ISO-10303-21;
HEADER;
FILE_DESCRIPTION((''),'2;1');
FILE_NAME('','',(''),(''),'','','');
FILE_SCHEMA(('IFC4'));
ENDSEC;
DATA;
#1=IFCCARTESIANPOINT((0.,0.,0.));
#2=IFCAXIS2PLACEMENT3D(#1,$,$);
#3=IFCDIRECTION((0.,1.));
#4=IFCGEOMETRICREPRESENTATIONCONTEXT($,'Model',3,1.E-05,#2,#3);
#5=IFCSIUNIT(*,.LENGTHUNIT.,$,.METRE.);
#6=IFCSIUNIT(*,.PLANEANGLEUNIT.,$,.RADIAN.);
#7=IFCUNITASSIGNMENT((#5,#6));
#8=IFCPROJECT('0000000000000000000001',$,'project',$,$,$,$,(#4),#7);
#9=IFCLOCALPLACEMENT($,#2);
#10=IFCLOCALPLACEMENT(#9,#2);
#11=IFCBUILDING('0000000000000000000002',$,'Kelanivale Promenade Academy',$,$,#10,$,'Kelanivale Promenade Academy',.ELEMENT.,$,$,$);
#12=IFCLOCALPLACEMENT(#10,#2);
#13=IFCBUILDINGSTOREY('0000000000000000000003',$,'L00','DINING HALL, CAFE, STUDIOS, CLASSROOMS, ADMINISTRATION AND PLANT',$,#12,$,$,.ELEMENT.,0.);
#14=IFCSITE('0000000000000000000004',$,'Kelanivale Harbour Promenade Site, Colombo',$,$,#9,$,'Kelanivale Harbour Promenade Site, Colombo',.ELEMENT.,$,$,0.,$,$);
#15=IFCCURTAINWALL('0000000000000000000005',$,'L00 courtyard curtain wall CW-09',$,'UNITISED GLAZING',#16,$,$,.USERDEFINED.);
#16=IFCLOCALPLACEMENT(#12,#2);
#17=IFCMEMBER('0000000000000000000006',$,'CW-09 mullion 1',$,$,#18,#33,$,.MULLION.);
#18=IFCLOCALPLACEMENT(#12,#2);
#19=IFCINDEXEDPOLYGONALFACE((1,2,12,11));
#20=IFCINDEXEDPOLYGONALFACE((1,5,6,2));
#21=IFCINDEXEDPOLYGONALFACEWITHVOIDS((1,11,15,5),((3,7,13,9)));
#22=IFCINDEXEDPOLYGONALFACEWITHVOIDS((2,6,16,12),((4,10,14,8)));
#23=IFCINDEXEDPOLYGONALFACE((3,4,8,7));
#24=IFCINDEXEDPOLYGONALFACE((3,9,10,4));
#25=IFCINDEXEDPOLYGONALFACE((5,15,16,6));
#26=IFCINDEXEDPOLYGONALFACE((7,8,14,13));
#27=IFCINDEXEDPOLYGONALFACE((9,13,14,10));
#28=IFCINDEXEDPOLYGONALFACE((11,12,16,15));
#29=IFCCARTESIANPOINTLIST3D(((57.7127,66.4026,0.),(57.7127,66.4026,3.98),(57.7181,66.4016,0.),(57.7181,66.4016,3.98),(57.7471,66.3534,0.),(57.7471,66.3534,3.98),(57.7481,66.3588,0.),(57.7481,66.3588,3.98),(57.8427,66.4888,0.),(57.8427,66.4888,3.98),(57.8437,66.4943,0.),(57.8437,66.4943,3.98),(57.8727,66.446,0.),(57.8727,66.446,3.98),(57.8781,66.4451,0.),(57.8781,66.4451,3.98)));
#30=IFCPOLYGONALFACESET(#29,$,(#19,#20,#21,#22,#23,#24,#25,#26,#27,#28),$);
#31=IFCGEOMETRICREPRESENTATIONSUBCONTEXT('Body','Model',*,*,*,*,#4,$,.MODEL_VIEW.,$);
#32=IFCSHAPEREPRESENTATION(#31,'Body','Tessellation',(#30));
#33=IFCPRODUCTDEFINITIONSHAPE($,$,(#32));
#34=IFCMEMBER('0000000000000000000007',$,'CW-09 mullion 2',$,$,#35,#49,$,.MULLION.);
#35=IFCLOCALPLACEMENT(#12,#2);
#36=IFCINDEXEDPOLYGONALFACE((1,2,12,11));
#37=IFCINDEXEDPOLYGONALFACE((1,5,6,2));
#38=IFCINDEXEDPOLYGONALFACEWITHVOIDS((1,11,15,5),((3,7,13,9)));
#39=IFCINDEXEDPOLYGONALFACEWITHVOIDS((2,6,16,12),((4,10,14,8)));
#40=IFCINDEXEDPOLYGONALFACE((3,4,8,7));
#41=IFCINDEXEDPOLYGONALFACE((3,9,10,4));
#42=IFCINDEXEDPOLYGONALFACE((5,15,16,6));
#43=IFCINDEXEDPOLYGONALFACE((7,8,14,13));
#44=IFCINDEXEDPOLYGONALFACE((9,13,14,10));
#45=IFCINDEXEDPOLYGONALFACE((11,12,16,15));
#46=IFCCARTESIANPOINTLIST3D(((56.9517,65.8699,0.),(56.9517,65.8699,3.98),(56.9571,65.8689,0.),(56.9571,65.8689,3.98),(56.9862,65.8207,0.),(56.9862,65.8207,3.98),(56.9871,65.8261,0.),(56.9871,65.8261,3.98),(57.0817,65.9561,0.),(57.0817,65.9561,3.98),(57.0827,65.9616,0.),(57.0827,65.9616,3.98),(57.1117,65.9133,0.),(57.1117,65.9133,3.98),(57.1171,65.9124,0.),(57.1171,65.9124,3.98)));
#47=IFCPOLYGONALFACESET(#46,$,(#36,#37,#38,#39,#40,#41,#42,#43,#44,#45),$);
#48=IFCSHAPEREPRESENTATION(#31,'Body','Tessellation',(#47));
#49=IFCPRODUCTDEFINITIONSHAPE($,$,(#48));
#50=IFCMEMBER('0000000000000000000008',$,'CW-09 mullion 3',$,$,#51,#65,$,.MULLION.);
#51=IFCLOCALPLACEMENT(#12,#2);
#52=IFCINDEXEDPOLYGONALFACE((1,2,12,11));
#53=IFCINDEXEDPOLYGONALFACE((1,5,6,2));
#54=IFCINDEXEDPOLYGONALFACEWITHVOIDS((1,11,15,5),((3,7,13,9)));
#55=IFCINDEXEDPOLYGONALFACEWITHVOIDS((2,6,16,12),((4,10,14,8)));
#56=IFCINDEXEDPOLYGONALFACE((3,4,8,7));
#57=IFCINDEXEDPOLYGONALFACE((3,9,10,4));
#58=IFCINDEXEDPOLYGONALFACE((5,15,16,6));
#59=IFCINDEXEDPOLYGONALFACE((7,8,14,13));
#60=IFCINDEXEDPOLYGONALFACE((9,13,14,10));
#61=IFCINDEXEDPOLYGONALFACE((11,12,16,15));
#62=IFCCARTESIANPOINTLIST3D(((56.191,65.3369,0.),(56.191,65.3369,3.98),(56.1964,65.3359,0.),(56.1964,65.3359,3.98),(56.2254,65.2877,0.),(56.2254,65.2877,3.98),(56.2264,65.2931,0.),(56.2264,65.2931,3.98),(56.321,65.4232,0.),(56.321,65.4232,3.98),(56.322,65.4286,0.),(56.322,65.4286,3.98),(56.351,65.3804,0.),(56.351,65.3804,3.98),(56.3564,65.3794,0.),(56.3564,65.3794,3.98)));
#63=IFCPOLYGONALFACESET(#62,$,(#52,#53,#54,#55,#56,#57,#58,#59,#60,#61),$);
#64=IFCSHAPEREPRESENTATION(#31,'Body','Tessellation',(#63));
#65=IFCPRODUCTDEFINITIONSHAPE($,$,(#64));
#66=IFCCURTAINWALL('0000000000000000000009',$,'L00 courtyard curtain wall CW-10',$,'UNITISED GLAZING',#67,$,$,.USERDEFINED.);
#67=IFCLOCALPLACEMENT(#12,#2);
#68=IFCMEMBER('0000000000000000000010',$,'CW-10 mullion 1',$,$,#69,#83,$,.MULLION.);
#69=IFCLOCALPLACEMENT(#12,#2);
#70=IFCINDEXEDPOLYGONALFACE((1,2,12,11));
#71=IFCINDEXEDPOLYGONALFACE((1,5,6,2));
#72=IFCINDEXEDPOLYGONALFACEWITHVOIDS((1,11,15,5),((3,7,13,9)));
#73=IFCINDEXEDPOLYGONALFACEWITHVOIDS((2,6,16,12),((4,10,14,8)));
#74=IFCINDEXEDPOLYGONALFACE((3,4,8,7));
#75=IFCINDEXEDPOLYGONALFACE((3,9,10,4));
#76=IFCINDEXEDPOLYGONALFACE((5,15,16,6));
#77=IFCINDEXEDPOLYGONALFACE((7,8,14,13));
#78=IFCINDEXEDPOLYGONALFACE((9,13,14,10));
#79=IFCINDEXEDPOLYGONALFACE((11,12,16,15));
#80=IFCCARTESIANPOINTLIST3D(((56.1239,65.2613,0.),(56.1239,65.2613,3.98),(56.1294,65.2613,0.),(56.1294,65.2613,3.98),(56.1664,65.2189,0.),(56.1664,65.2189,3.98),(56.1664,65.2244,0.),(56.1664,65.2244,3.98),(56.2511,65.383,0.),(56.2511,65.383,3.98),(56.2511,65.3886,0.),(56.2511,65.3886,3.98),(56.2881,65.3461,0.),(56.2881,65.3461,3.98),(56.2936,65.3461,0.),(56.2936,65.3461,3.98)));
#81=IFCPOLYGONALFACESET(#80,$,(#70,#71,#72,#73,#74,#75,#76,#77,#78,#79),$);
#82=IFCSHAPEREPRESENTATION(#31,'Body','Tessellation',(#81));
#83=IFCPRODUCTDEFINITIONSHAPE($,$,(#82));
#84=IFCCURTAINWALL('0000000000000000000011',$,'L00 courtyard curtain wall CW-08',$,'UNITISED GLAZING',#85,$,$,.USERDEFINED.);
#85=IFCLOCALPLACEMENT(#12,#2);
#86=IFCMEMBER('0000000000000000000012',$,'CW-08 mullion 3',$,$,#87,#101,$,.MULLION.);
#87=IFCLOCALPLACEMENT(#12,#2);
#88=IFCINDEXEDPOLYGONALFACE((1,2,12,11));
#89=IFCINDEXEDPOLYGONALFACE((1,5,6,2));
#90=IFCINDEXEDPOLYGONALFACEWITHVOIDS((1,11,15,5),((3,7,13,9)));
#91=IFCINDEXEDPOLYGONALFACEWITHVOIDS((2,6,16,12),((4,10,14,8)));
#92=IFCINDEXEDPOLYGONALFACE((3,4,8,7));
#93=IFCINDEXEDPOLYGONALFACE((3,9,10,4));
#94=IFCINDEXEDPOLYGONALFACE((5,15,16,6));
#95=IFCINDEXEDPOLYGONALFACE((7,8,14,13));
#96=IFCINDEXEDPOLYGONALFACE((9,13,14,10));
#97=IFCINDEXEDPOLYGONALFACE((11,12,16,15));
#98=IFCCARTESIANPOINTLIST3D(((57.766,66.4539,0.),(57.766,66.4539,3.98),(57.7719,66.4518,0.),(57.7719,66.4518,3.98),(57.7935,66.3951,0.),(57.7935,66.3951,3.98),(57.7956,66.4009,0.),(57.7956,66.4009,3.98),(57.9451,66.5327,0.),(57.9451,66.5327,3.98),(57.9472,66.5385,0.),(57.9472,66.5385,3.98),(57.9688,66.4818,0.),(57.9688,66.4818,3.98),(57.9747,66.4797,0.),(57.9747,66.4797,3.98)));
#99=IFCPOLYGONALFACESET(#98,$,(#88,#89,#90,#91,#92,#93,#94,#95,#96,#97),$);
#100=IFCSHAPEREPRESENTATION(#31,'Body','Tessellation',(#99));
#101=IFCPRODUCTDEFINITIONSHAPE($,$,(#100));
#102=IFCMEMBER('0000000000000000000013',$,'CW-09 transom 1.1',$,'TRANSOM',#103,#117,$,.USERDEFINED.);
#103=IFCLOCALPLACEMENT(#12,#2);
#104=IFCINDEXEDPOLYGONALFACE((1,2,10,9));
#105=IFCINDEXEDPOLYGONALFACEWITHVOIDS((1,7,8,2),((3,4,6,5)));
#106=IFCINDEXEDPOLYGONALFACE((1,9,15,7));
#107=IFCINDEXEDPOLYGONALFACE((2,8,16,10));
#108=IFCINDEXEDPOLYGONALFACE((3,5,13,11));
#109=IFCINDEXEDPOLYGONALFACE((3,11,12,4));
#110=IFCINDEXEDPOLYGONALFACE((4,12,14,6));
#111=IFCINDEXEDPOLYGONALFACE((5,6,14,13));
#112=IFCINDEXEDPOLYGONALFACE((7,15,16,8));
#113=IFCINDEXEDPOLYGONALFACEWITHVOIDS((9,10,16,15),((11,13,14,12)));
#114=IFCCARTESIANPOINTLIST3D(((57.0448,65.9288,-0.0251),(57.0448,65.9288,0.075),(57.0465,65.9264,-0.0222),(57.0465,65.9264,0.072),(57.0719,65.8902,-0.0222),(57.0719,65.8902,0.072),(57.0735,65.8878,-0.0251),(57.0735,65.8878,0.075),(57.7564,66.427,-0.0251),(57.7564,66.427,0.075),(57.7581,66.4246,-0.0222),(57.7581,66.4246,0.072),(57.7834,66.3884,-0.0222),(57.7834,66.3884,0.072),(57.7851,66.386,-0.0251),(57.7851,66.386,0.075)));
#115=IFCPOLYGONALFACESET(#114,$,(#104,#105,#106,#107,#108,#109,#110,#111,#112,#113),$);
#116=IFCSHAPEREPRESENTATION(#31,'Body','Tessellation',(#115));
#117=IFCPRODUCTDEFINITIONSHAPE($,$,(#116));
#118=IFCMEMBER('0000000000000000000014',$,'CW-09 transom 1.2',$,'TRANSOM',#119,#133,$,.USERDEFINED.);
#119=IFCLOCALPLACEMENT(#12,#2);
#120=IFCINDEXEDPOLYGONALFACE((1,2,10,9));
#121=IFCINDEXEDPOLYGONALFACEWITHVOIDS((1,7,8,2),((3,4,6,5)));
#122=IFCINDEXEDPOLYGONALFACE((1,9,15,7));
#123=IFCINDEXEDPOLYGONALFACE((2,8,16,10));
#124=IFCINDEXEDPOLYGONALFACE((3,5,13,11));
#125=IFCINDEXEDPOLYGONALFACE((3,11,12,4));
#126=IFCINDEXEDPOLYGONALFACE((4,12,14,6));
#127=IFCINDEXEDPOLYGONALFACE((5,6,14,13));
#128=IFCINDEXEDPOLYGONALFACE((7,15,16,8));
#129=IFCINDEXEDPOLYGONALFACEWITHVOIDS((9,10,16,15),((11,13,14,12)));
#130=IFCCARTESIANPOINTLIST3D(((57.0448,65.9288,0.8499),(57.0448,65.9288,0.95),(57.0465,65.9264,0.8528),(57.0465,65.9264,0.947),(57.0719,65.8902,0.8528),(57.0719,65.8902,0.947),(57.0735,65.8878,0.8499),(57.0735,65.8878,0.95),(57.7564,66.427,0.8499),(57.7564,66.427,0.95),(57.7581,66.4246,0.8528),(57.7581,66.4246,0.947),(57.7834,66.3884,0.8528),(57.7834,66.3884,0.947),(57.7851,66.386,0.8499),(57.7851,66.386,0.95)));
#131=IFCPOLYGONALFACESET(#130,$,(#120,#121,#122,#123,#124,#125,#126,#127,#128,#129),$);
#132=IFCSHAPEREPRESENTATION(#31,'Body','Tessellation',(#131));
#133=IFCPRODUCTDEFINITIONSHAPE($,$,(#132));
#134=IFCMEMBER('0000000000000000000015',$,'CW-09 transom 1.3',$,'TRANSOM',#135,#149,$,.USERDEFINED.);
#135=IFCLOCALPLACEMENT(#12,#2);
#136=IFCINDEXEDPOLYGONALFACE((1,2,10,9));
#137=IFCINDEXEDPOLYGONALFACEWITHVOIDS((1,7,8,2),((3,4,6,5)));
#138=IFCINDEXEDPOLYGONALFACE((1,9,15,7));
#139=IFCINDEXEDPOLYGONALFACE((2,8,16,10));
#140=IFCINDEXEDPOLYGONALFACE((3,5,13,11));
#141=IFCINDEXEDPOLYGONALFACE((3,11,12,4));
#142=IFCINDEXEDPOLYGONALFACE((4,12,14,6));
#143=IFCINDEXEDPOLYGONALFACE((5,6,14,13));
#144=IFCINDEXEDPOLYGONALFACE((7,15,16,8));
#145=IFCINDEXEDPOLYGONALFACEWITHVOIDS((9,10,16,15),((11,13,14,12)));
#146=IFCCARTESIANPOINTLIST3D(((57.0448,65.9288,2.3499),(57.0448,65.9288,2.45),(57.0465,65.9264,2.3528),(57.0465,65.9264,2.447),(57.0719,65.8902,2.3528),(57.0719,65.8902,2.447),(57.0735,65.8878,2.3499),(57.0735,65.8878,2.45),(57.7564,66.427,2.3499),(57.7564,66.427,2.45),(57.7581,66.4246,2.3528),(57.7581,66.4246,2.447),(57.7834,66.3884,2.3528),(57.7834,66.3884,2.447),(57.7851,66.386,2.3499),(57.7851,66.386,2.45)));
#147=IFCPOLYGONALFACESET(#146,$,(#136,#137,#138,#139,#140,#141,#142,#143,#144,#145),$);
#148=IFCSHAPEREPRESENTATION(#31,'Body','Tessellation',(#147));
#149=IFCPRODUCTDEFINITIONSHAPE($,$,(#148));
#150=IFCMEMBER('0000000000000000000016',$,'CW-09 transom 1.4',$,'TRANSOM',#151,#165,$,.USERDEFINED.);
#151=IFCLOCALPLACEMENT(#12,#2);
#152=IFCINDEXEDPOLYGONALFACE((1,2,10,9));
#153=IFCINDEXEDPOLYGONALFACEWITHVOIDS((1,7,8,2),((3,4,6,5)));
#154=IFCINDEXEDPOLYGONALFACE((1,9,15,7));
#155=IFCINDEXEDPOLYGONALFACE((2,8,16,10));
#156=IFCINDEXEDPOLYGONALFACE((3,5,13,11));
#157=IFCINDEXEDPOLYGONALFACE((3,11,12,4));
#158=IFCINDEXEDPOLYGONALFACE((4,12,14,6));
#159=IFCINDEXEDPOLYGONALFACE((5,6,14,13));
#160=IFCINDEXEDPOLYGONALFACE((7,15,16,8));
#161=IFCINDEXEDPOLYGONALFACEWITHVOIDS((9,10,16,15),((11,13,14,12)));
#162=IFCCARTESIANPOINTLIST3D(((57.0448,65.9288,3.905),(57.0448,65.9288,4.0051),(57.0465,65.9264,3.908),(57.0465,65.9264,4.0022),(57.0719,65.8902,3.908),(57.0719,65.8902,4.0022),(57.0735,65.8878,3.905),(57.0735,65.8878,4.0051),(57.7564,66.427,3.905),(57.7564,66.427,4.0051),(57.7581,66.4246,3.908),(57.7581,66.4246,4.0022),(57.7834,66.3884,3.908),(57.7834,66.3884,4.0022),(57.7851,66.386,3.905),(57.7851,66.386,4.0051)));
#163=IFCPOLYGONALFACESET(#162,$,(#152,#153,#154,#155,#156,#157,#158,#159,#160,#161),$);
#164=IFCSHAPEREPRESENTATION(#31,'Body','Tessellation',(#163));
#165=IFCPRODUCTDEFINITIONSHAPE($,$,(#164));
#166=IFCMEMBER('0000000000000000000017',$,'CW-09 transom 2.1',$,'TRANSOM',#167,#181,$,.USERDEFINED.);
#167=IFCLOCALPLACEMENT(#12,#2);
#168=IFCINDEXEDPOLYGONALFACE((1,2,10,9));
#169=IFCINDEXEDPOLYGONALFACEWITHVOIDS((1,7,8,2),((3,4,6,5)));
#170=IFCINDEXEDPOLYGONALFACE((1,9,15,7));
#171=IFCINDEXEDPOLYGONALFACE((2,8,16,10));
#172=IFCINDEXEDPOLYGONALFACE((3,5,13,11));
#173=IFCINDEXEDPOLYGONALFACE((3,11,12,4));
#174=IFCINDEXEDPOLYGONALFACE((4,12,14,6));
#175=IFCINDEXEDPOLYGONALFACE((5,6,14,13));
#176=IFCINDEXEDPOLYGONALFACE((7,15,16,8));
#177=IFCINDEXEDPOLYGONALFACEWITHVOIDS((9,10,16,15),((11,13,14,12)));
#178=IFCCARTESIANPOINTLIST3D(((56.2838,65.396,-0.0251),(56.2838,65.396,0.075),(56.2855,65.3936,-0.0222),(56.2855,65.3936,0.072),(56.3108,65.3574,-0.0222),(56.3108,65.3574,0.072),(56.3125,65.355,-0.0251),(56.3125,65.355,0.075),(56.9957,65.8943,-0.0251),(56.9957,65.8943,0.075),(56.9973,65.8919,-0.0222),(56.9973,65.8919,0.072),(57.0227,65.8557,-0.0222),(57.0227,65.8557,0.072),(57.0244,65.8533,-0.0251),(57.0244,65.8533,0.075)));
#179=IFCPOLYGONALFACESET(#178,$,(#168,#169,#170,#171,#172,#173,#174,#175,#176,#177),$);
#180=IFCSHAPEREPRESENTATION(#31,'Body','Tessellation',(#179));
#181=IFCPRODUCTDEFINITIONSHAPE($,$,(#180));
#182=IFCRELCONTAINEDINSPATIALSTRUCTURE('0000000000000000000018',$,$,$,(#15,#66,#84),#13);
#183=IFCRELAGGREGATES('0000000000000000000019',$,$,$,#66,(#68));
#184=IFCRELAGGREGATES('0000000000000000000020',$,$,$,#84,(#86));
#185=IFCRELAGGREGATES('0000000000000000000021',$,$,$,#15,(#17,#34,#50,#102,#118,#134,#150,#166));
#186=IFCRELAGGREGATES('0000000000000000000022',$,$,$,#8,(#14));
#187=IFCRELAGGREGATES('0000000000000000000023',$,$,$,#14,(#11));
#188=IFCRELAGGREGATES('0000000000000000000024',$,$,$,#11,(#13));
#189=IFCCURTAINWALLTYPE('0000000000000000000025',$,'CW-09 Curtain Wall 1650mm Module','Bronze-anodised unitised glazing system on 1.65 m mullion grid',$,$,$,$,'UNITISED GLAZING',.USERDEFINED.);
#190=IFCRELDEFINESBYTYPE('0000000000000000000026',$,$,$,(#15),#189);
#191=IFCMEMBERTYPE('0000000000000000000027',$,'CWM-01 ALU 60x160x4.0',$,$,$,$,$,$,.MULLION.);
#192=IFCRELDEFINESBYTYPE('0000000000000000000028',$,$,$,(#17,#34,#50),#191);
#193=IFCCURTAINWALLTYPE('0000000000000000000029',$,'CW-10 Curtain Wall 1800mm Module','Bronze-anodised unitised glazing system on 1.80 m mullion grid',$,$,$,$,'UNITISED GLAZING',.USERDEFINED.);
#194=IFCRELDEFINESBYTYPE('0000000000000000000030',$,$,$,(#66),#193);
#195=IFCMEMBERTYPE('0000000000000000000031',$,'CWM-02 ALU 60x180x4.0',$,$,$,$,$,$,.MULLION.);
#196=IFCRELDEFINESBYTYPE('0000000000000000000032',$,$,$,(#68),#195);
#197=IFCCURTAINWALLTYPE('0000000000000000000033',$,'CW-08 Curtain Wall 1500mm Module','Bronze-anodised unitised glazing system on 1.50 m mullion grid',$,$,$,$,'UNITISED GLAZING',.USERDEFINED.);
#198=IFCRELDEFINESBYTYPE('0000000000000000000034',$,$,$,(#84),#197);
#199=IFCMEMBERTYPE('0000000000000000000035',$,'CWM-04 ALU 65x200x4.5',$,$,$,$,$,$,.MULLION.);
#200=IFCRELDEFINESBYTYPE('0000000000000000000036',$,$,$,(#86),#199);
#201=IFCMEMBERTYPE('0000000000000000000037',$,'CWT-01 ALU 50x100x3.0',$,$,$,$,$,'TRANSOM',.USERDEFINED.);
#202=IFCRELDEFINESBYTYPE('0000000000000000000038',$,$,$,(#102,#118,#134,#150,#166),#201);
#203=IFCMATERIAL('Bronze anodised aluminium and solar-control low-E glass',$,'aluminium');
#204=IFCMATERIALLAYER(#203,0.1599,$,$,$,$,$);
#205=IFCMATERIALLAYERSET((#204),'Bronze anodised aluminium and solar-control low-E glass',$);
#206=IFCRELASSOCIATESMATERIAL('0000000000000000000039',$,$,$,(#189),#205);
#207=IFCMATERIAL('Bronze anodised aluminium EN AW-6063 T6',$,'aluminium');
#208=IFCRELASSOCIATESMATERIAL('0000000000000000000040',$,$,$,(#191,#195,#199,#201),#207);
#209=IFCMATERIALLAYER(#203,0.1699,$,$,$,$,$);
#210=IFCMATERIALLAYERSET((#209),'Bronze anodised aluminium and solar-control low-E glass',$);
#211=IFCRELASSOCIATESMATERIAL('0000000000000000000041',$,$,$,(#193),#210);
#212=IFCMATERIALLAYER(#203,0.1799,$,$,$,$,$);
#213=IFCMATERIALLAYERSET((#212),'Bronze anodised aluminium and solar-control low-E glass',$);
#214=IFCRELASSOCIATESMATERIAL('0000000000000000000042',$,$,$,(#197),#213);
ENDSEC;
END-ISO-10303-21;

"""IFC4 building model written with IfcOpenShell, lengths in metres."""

from ifc_helpers import new_model, si_unit, direction, frame, origin, origin_2d, place, context, subcontext, project, spatial, hollow_rectangle, extrude, material, layer, layer_set, material_profile, profile_set, type_object, element, aggregate, save


model = new_model("IFC4")

# Units and contexts
model_context = context("Model", 3, precision=1e-05, world=origin(), true_north=direction((0.0, 1.0)))
body_context = subcontext(model_context, "Body", "Model", "MODEL_VIEW")
ifc_project = project(units=[si_unit("LENGTHUNIT", "METRE"), si_unit("PLANEANGLEUNIT", "RADIAN")], contexts=[model_context])

# Site, building, storey
site_placement = place(None, origin())
site = spatial("IfcSite", under=ifc_project, at=site_placement, Name="Kelanivale Harbour Promenade Site, Colombo", LongName="Kelanivale Harbour Promenade Site, Colombo", CompositionType="ELEMENT", RefElevation=0.0)
building_placement = place(site_placement, origin())
building = spatial("IfcBuilding", under=site, at=building_placement, Name="Kelanivale Promenade Academy", LongName="Kelanivale Promenade Academy", CompositionType="ELEMENT")
storey_placement = place(building_placement, origin())
storey = spatial("IfcBuildingStorey", under=building, at=storey_placement, Name="L00", Description="DINING HALL, CAFE, STUDIOS, CLASSROOMS, ADMINISTRATION AND PLANT", CompositionType="ELEMENT", Elevation=0.0)

# Curtain wall, members
ifc_material_1 = material(Name="Bronze anodised aluminium and solar-control low-E glass", Category="aluminium")
ifc_layer_1 = layer(ifc_material_1, 0.1599)
ifc_layer_set_1 = layer_set([ifc_layer_1], Name="Bronze anodised aluminium and solar-control low-E glass")
curtain_wall_type_1 = type_object("IfcCurtainWallType", Name="CW-09 Curtain Wall 1650mm Module", Description="Bronze-anodised unitised glazing system on 1.65 m mullion grid", ElementType="UNITISED GLAZING", PredefinedType="USERDEFINED", material=ifc_layer_set_1)
curtain_wall_1_placement = place(storey_placement, origin())
curtain_wall_1 = element("IfcCurtainWall", 1, at=curtain_wall_1_placement, inside=storey, type_object=curtain_wall_type_1, Name="L00 courtyard curtain wall CW-09", ObjectType="UNITISED GLAZING", PredefinedType="USERDEFINED")
ifc_material_2 = material(Name="Bronze anodised aluminium EN AW-6063 T6", Category="aluminium")
ifc_material_profile_1 = material_profile(ifc_material_2, hollow_rectangle(XDim=0.0601, YDim=0.1599, WallThickness=0.0039, at=origin_2d()), Name="ALU 60x160x4.0")
ifc_profile_set_1 = profile_set([ifc_material_profile_1], Name="Bronze anodised aluminium EN AW-6063 T6")
member_type_1 = type_object("IfcMemberType", Name="CWM-01 ALU 60x160x4.0", PredefinedType="MULLION", material=ifc_profile_set_1)
member_1_placement = place(storey_placement, frame((57.7954, 66.4238, 0.0), z_axis=(0.0, 0.0, 1.0), x_axis=(0.573567, -0.819158, 0.0)))
member_1 = element("IfcMember", 2, at=member_1_placement, type_object=member_type_1, Name="CW-09 mullion 1", PredefinedType="MULLION", context=body_context, shape_type="SweptSolid", body=[
    extrude(hollow_rectangle(XDim=0.0601, YDim=0.1599, WallThickness=0.0039, at=origin_2d()), origin(), (0.0, 0.0, 1.0), 3.98),
])
member_2_placement = place(storey_placement, frame((57.0344, 65.8911, 0.0), z_axis=(0.0, 0.0, 1.0), x_axis=(0.573567, -0.819158, 0.0)))
member_2 = element("IfcMember", 3, at=member_2_placement, type_object=member_type_1, Name="CW-09 mullion 2", PredefinedType="MULLION", context=body_context, shape_type="SweptSolid", body=[
    extrude(hollow_rectangle(XDim=0.0601, YDim=0.1599, WallThickness=0.0039, at=origin_2d()), origin(), (0.0, 0.0, 1.0), 3.98),
])
member_3_placement = place(storey_placement, frame((56.2737, 65.3582, 0.0), z_axis=(0.0, 0.0, 1.0), x_axis=(0.573567, -0.819158, 0.0)))
member_3 = element("IfcMember", 4, at=member_3_placement, type_object=member_type_1, Name="CW-09 mullion 3", PredefinedType="MULLION", context=body_context, shape_type="SweptSolid", body=[
    extrude(hollow_rectangle(XDim=0.0601, YDim=0.1599, WallThickness=0.0039, at=origin_2d()), origin(), (0.0, 0.0, 1.0), 3.98),
])

# Curtain walls, members
ifc_layer_2 = layer(ifc_material_1, 0.1699)
ifc_layer_set_2 = layer_set([ifc_layer_2], Name="Bronze anodised aluminium and solar-control low-E glass")
curtain_wall_type_2 = type_object("IfcCurtainWallType", Name="CW-10 Curtain Wall 1800mm Module", Description="Bronze-anodised unitised glazing system on 1.80 m mullion grid", ElementType="UNITISED GLAZING", PredefinedType="USERDEFINED", material=ifc_layer_set_2)
curtain_wall_2_placement = place(storey_placement, origin())
curtain_wall_2 = element("IfcCurtainWall", 5, at=curtain_wall_2_placement, inside=storey, type_object=curtain_wall_type_2, Name="L00 courtyard curtain wall CW-10", ObjectType="UNITISED GLAZING", PredefinedType="USERDEFINED")
ifc_material_profile_2 = material_profile(ifc_material_2, hollow_rectangle(XDim=0.0601, YDim=0.1799, WallThickness=0.0039, at=origin_2d()), Name="ALU 60x180x4.0")
ifc_profile_set_2 = profile_set([ifc_material_profile_2], Name="Bronze anodised aluminium EN AW-6063 T6")
member_type_2 = type_object("IfcMemberType", Name="CWM-02 ALU 60x180x4.0", PredefinedType="MULLION", material=ifc_profile_set_2)
member_4_placement = place(storey_placement, frame((56.2087, 65.3037, 0.0), z_axis=(0.0, 0.0, 1.0), x_axis=(0.707107, -0.707107, 0.0)))
member_4 = element("IfcMember", 6, at=member_4_placement, type_object=member_type_2, Name="CW-10 mullion 1", PredefinedType="MULLION", context=body_context, shape_type="SweptSolid", body=[
    extrude(hollow_rectangle(XDim=0.0601, YDim=0.1799, WallThickness=0.0039, at=origin_2d()), origin(), (0.0, 0.0, 1.0), 3.98),
])
aggregate(curtain_wall_2, [member_4])
ifc_layer_3 = layer(ifc_material_1, 0.1799)
ifc_layer_set_3 = layer_set([ifc_layer_3], Name="Bronze anodised aluminium and solar-control low-E glass")
curtain_wall_type_3 = type_object("IfcCurtainWallType", Name="CW-08 Curtain Wall 1500mm Module", Description="Bronze-anodised unitised glazing system on 1.50 m mullion grid", ElementType="UNITISED GLAZING", PredefinedType="USERDEFINED", material=ifc_layer_set_3)
curtain_wall_3_placement = place(storey_placement, origin())
curtain_wall_3 = element("IfcCurtainWall", 7, at=curtain_wall_3_placement, inside=storey, type_object=curtain_wall_type_3, Name="L00 courtyard curtain wall CW-08", ObjectType="UNITISED GLAZING", PredefinedType="USERDEFINED")
ifc_material_profile_3 = material_profile(ifc_material_2, hollow_rectangle(XDim=0.0649, YDim=0.2, WallThickness=0.0044, at=origin_2d()), Name="ALU 65x200x4.5")
ifc_profile_set_3 = profile_set([ifc_material_profile_3], Name="Bronze anodised aluminium EN AW-6063 T6")
member_type_3 = type_object("IfcMemberType", Name="CWM-04 ALU 65x200x4.5", PredefinedType="MULLION", material=ifc_profile_set_3)
member_5_placement = place(storey_placement, frame((57.8704, 66.4668, 0.0), z_axis=(0.0, 0.0, 1.0), x_axis=(0.423087, -0.906089, 0.0)))
member_5 = element("IfcMember", 8, at=member_5_placement, type_object=member_type_3, Name="CW-08 mullion 3", PredefinedType="MULLION", context=body_context, shape_type="SweptSolid", body=[
    extrude(hollow_rectangle(XDim=0.0649, YDim=0.2, WallThickness=0.0044, at=origin_2d()), origin(), (0.0, 0.0, 1.0), 3.98),
])

# Members
ifc_material_profile_4 = material_profile(ifc_material_2, hollow_rectangle(XDim=0.05, YDim=0.1001, WallThickness=0.0029, at=origin_2d()), Name="ALU 50x100x3.0")
ifc_profile_set_4 = profile_set([ifc_material_profile_4], Name="Bronze anodised aluminium EN AW-6063 T6")
member_type_4 = type_object("IfcMemberType", Name="CWT-01 ALU 50x100x3.0", ElementType="TRANSOM", PredefinedType="USERDEFINED", material=ifc_profile_set_4)
member_6_placement = place(storey_placement, frame((57.7708, 66.4065, 0.0249), z_axis=(-0.819166, -0.573557, 0.0), x_axis=(0.573557, -0.819166, 0.0)))
member_6 = element("IfcMember", 9, at=member_6_placement, type_object=member_type_4, Name="CW-09 transom 1.1", ObjectType="TRANSOM", PredefinedType="USERDEFINED", context=body_context, shape_type="SweptSolid", body=[
    extrude(hollow_rectangle(XDim=0.05, YDim=0.1001, WallThickness=0.0029, at=origin_2d()), origin(), (0.0, 0.0, 1.0), 0.8687),
])
member_7_placement = place(storey_placement, frame((57.7708, 66.4065, 0.8999), z_axis=(-0.819166, -0.573557, 0.0), x_axis=(0.573557, -0.819166, 0.0)))
member_7 = element("IfcMember", 10, at=member_7_placement, type_object=member_type_4, Name="CW-09 transom 1.2", ObjectType="TRANSOM", PredefinedType="USERDEFINED", context=body_context, shape_type="SweptSolid", body=[
    extrude(hollow_rectangle(XDim=0.05, YDim=0.1001, WallThickness=0.0029, at=origin_2d()), origin(), (0.0, 0.0, 1.0), 0.8687),
])
member_8_placement = place(storey_placement, frame((57.7708, 66.4065, 2.3999), z_axis=(-0.819166, -0.573557, 0.0), x_axis=(0.573557, -0.819166, 0.0)))
member_8 = element("IfcMember", 11, at=member_8_placement, type_object=member_type_4, Name="CW-09 transom 1.3", ObjectType="TRANSOM", PredefinedType="USERDEFINED", context=body_context, shape_type="SweptSolid", body=[
    extrude(hollow_rectangle(XDim=0.05, YDim=0.1001, WallThickness=0.0029, at=origin_2d()), origin(), (0.0, 0.0, 1.0), 0.8687),
])
member_9_placement = place(storey_placement, frame((57.7708, 66.4065, 3.9551), z_axis=(-0.819166, -0.573557, 0.0), x_axis=(0.573557, -0.819166, 0.0)))
member_9 = element("IfcMember", 12, at=member_9_placement, type_object=member_type_4, Name="CW-09 transom 1.4", ObjectType="TRANSOM", PredefinedType="USERDEFINED", context=body_context, shape_type="SweptSolid", body=[
    extrude(hollow_rectangle(XDim=0.05, YDim=0.1001, WallThickness=0.0029, at=origin_2d()), origin(), (0.0, 0.0, 1.0), 0.8687),
])
member_10_placement = place(storey_placement, frame((57.01, 65.8738, 0.0249), z_axis=(-0.819258, -0.573425, 0.0), x_axis=(0.573425, -0.819258, 0.0)))
member_10 = element("IfcMember", 13, at=member_10_placement, type_object=member_type_4, Name="CW-09 transom 2.1", ObjectType="TRANSOM", PredefinedType="USERDEFINED", context=body_context, shape_type="SweptSolid", body=[
    extrude(hollow_rectangle(XDim=0.05, YDim=0.1001, WallThickness=0.0029, at=origin_2d()), origin(), (0.0, 0.0, 1.0), 0.8689),
])

aggregate(curtain_wall_3, [member_5])
aggregate(curtain_wall_1, [member_1, member_2, member_3, member_6, member_7, member_8, member_9, member_10])

save(model, "model.ifc")
